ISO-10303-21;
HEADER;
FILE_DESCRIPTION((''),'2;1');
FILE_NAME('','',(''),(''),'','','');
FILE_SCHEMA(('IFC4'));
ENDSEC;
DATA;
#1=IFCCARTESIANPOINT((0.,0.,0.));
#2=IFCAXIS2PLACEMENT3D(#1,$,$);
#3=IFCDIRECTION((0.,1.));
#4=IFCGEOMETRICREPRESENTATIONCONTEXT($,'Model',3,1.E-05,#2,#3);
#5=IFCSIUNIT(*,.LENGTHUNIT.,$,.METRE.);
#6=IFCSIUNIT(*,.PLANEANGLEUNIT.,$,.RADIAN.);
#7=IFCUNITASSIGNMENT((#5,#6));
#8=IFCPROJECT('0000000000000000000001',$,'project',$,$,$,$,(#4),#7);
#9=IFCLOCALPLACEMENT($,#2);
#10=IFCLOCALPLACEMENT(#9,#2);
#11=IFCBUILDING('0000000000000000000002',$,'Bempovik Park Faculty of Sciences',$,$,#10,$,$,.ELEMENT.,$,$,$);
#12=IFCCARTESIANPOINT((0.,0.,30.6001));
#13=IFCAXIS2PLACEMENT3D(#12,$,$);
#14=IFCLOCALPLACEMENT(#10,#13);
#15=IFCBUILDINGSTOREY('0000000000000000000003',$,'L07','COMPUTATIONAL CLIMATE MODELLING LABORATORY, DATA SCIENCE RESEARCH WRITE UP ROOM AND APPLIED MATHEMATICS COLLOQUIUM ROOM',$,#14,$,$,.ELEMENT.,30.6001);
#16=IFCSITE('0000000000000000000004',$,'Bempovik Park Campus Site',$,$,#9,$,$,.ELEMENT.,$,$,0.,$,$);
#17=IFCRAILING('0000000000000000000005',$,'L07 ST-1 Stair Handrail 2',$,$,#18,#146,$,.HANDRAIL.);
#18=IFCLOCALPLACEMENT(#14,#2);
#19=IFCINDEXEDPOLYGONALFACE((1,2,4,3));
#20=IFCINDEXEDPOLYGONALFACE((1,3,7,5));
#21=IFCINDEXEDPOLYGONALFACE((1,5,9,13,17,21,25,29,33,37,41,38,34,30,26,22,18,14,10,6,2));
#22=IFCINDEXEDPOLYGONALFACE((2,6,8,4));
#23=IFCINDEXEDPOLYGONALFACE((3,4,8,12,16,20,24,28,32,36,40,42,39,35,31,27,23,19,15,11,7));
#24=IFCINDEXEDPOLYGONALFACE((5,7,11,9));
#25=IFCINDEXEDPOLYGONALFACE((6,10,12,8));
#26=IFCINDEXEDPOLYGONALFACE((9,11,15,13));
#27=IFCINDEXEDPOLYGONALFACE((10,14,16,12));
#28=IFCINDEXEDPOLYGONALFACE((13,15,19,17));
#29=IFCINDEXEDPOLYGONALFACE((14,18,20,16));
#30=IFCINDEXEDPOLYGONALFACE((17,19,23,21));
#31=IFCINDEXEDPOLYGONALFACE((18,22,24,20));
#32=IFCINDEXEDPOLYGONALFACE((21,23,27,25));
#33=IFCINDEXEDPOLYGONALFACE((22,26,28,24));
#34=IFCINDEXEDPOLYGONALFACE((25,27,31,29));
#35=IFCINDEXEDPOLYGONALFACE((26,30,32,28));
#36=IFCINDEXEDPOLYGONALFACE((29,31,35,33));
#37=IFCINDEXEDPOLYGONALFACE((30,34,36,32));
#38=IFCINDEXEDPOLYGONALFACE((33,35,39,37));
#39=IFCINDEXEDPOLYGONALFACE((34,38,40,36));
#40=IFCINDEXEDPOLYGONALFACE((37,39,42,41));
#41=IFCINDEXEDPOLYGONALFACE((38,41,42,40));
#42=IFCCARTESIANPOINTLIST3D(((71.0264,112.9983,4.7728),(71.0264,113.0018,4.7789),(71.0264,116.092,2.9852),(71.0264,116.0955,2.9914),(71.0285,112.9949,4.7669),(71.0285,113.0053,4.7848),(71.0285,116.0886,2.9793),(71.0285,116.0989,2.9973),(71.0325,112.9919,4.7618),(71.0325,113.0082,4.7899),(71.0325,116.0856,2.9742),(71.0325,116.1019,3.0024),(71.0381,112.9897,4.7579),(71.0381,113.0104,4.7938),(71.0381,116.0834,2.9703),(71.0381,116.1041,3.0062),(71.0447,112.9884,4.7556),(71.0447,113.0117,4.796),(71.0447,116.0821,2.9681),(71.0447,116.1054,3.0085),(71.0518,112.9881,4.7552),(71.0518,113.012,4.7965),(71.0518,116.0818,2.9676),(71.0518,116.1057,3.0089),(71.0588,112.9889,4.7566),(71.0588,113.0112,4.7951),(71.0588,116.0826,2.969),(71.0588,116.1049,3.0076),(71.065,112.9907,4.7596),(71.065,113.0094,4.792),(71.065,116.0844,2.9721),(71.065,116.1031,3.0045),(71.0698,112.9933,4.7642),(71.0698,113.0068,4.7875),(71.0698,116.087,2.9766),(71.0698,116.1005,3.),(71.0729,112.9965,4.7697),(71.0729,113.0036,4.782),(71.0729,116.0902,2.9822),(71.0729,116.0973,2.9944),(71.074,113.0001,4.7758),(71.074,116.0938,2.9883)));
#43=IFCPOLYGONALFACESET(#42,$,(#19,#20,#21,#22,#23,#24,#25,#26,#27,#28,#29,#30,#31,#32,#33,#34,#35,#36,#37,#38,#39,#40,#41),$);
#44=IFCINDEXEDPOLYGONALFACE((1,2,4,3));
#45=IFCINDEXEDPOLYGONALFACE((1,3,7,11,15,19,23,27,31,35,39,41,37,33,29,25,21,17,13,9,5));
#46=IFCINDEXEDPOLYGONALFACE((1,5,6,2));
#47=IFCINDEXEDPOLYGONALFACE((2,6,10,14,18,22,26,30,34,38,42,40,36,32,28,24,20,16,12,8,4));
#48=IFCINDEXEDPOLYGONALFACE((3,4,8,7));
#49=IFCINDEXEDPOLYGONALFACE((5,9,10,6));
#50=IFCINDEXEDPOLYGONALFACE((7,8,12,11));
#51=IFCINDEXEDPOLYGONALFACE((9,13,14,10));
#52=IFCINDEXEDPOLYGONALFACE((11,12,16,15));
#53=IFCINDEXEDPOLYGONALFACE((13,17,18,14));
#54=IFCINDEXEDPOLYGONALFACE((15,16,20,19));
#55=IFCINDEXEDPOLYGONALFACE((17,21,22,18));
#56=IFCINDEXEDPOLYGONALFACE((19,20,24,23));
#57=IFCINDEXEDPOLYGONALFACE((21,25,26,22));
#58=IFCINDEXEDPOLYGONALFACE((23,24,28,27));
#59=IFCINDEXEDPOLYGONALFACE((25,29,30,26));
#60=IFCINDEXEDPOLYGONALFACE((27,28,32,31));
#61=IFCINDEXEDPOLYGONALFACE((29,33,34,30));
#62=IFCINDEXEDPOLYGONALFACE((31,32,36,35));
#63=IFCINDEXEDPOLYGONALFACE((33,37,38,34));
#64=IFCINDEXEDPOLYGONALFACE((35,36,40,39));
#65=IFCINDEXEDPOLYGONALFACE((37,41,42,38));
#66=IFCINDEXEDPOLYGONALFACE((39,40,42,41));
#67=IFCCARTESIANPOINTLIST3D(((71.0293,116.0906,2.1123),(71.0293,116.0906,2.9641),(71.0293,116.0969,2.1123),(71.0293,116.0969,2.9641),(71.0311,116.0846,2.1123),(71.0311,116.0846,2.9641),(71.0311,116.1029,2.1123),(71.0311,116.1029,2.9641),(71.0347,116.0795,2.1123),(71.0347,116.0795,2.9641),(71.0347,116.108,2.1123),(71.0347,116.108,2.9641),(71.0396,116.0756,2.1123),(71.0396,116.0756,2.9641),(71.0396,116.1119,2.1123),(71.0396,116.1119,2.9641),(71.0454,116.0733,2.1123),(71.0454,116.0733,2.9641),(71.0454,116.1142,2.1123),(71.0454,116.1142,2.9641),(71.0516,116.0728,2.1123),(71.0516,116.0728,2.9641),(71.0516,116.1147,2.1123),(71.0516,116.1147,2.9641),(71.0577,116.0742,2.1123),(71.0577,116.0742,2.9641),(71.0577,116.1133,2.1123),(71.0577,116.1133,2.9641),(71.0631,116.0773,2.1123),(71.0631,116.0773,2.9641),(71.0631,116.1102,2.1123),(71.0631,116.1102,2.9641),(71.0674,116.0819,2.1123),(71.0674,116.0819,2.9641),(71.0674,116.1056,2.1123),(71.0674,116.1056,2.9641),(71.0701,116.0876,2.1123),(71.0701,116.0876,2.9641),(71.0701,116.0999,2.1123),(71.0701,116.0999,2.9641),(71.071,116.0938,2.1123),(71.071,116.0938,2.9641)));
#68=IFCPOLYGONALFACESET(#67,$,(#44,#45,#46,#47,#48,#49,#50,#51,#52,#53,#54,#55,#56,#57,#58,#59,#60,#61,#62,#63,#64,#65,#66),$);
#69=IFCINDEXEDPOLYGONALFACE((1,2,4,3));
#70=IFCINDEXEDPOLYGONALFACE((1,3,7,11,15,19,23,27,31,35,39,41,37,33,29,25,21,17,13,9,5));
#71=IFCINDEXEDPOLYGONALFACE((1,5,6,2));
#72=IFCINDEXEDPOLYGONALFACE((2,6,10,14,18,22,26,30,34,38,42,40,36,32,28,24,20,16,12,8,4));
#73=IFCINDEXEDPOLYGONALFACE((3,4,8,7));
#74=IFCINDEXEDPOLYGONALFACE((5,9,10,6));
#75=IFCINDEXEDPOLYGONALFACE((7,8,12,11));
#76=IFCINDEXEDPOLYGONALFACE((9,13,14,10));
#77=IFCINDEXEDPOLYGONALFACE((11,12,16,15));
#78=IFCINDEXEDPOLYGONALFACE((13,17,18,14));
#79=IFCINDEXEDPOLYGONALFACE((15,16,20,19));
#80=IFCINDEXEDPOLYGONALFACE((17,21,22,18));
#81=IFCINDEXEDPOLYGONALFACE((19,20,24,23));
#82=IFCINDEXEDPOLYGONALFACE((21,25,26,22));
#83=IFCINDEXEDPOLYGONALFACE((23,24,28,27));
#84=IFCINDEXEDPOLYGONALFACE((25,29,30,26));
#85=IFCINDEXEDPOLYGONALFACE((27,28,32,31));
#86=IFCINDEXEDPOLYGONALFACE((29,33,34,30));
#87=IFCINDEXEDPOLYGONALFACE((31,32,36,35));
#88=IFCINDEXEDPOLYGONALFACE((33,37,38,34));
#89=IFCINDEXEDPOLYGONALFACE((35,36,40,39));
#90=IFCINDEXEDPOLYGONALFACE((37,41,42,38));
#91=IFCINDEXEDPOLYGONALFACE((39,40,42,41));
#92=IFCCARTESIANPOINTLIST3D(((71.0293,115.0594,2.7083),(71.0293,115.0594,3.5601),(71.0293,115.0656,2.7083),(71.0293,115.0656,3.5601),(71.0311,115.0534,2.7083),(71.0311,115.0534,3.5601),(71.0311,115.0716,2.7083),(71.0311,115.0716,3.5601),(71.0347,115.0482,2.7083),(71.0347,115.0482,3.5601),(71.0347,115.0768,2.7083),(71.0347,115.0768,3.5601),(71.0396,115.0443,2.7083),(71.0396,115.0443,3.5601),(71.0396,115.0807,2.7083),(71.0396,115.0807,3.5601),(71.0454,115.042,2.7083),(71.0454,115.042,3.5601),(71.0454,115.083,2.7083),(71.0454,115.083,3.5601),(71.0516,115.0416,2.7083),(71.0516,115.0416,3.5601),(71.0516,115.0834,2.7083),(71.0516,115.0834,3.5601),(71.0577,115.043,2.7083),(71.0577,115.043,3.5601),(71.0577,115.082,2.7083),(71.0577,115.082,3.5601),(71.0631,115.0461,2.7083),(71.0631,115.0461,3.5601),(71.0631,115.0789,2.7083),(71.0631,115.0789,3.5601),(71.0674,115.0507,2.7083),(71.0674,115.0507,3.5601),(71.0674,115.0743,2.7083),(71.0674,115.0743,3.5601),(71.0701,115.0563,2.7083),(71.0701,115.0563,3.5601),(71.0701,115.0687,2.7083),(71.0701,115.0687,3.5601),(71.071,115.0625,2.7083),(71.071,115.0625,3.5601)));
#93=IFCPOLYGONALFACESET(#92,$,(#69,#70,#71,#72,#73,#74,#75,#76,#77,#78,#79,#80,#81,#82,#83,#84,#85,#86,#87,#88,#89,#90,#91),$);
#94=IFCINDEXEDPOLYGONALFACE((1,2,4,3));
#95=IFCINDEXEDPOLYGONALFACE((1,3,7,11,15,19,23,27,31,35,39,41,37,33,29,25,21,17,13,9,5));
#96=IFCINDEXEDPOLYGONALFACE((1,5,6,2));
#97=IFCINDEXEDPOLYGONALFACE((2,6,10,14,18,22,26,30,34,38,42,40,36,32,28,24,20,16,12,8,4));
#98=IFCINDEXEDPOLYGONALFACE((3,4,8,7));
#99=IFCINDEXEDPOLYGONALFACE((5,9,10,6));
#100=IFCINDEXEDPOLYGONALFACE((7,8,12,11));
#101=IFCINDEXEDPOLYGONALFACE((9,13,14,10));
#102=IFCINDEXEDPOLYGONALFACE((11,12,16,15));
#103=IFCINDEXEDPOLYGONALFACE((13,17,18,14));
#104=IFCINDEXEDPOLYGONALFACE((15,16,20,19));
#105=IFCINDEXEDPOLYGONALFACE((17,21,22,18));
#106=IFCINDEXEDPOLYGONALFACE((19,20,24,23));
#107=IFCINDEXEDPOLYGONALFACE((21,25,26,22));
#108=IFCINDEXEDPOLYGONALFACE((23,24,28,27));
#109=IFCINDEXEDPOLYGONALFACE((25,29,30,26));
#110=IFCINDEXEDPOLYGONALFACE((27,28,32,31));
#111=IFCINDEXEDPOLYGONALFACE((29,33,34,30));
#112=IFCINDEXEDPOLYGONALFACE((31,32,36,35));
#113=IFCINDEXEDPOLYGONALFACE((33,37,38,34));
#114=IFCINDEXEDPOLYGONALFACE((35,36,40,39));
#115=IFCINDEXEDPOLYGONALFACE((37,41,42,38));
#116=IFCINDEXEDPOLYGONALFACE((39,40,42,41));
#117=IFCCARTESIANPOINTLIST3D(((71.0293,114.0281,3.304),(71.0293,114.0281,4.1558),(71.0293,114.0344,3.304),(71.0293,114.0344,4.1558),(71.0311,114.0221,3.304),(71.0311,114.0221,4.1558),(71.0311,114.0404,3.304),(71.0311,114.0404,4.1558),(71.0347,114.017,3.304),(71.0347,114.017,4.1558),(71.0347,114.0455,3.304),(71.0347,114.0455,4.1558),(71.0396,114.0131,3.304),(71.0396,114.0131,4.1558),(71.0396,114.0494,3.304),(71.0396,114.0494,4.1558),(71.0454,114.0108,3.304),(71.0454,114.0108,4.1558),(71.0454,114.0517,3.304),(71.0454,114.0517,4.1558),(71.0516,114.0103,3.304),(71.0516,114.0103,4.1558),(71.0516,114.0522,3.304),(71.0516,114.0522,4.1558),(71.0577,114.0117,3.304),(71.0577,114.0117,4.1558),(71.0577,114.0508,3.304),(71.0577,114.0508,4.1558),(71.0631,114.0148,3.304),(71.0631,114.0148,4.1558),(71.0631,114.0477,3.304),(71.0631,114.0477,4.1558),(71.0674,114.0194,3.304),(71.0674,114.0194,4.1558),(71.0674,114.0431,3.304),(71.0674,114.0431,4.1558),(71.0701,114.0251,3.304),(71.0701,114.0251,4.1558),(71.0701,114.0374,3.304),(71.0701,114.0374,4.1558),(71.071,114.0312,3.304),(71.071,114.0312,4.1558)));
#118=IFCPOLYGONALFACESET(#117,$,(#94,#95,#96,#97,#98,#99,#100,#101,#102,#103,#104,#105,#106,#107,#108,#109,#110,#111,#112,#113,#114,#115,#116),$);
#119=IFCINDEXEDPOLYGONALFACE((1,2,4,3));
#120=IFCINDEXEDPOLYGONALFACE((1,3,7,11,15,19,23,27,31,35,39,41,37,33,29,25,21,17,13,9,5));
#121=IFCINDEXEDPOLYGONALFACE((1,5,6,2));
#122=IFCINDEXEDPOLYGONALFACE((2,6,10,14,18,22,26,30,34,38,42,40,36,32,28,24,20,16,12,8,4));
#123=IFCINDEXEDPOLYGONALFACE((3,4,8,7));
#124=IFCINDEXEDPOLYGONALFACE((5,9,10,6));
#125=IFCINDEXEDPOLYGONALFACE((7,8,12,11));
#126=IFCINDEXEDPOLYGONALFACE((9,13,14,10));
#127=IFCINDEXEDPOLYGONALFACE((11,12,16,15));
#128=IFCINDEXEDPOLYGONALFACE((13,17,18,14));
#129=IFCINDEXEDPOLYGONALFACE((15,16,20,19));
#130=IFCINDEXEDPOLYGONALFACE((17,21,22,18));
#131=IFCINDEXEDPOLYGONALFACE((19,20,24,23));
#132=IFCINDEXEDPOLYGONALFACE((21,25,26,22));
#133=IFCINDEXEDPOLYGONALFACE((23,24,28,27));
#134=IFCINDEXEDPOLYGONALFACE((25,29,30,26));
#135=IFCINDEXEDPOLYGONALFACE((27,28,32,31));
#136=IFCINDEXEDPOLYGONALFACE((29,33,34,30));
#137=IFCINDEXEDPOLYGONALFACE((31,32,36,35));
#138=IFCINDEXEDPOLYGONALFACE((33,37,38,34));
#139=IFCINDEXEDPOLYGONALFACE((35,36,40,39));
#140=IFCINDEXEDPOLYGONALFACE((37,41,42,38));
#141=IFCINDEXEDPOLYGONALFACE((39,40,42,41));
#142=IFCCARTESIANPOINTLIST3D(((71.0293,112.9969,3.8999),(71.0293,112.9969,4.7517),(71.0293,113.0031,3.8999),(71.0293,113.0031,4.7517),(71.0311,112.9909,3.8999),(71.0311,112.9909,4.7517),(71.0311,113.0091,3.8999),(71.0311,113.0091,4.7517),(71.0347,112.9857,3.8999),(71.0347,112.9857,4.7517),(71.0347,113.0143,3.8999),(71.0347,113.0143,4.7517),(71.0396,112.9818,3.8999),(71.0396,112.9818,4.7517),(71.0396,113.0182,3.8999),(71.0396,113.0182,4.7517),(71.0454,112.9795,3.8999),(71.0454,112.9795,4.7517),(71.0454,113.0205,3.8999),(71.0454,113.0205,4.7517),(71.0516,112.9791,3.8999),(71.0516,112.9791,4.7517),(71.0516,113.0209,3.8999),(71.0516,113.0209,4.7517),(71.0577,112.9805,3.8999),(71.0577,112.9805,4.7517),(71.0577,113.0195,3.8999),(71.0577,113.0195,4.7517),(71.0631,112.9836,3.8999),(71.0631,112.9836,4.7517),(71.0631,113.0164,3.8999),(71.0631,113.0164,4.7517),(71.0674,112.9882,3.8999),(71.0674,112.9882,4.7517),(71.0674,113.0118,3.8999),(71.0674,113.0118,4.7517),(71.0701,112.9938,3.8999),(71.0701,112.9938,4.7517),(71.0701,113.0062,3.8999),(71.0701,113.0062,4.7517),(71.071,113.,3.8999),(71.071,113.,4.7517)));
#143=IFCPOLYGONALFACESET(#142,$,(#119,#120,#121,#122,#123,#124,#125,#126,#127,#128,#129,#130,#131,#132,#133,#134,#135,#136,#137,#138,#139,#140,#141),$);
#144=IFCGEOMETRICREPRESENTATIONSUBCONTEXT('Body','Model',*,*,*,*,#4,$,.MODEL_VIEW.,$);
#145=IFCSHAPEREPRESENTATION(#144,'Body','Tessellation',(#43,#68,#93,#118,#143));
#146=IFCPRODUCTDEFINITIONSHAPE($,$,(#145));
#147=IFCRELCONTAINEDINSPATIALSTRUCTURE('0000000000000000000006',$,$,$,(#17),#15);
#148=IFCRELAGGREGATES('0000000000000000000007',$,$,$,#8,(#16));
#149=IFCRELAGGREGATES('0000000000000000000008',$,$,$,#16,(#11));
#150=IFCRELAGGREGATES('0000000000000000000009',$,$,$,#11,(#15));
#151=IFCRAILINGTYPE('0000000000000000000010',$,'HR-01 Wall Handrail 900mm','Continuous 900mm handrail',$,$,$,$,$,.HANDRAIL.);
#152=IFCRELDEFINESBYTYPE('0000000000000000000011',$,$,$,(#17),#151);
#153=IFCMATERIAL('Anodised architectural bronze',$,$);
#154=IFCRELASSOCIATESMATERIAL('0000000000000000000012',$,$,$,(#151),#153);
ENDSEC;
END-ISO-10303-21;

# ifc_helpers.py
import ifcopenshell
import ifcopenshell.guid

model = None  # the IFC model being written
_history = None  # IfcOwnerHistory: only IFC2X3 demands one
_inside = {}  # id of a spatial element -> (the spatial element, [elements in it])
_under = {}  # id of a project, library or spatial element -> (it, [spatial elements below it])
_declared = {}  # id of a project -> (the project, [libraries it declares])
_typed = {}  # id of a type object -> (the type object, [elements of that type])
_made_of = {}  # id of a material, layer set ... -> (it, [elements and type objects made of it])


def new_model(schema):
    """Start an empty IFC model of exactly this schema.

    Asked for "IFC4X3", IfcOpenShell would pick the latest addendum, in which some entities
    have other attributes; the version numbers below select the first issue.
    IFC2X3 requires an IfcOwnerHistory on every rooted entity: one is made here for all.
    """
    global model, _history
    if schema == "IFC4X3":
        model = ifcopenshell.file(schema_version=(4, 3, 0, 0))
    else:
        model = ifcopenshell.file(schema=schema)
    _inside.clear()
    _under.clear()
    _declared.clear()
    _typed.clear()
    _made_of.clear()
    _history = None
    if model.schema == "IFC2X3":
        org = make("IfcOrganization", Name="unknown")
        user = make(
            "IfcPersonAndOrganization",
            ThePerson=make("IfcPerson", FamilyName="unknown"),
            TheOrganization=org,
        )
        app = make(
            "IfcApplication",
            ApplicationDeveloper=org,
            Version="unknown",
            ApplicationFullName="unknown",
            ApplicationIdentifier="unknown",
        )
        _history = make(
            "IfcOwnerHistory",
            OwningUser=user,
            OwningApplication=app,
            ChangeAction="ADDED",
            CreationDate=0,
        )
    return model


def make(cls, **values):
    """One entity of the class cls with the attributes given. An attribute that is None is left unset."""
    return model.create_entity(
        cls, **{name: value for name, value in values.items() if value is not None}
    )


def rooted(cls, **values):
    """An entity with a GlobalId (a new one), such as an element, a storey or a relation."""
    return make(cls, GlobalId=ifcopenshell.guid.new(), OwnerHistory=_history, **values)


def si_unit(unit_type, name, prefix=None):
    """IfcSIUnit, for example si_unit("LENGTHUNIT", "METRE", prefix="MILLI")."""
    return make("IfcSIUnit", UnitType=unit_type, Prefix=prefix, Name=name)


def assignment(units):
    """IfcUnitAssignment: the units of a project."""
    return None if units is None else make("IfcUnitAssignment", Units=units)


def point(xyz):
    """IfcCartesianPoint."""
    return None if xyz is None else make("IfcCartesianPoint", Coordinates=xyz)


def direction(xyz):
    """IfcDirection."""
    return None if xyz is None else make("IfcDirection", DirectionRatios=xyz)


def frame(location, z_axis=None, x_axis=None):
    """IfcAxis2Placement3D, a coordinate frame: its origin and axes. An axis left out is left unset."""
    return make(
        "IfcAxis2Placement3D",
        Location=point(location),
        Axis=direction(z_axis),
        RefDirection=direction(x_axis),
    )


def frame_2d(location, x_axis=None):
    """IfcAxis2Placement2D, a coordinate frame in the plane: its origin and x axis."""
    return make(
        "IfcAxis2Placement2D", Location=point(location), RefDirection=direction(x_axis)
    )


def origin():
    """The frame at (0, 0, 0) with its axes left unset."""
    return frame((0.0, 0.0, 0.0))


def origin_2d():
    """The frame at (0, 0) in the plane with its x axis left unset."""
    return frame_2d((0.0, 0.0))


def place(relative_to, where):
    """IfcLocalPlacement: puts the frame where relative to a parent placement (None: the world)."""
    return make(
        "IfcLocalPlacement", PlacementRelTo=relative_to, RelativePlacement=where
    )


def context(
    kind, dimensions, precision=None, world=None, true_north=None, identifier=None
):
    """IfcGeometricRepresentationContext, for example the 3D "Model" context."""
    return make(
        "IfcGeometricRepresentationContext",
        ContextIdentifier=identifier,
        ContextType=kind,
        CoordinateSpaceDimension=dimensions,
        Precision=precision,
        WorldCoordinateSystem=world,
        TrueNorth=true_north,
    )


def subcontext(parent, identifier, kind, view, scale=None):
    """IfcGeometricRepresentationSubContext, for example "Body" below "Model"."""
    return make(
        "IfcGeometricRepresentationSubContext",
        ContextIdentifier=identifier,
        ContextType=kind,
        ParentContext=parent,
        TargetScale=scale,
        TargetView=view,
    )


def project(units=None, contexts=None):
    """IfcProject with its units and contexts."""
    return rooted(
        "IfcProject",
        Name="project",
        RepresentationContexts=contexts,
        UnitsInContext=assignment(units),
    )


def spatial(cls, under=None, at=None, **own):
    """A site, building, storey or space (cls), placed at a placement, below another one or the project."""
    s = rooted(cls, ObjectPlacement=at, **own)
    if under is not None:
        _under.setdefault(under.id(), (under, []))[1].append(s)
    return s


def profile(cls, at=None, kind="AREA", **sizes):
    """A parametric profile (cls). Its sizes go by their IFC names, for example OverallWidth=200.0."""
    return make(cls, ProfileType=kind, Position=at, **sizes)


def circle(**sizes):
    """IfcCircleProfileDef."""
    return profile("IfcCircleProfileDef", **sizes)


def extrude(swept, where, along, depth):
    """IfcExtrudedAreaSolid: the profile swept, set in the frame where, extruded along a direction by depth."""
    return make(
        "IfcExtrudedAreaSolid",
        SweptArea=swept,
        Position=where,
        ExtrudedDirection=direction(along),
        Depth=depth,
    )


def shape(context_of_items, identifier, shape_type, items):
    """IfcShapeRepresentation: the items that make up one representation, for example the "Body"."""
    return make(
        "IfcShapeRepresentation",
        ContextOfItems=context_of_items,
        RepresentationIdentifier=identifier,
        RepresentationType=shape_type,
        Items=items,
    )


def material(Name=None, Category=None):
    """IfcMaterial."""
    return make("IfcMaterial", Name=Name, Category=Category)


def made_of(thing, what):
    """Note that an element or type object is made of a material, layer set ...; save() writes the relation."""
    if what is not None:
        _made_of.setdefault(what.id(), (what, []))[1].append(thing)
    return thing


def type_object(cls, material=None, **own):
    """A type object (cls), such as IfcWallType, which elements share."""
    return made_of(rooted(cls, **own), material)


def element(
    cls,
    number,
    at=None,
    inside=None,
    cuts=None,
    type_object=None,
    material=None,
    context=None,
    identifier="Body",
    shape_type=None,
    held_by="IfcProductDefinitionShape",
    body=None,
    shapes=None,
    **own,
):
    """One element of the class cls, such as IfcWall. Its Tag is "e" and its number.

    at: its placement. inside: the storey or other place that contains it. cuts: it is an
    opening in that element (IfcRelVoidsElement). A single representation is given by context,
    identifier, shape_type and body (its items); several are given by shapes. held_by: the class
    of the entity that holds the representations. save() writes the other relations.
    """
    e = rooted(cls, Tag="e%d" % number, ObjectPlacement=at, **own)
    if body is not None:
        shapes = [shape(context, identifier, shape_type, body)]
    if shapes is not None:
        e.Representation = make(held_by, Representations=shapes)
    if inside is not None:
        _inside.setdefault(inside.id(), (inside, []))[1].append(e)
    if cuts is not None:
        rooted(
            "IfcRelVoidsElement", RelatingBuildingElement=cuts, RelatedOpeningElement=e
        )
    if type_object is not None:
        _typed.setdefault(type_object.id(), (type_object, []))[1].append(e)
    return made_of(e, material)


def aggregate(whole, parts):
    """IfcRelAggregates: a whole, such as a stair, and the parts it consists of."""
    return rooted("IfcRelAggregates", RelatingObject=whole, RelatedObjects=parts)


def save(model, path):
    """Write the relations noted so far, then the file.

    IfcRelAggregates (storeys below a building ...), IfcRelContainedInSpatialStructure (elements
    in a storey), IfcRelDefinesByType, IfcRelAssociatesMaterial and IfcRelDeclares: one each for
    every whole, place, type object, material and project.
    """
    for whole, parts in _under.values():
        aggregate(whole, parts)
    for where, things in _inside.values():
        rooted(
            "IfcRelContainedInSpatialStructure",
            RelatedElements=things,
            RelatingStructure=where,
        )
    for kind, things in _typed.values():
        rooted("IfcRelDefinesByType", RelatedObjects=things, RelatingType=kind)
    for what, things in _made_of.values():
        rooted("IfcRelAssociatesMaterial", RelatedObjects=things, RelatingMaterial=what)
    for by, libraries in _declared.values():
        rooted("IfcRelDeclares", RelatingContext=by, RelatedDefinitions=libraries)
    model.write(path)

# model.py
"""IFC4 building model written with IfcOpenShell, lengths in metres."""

from ifc_helpers import new_model, si_unit, direction, frame, origin, origin_2d, place, context, subcontext, project, spatial, circle, extrude, material, type_object, element, save


model = new_model("IFC4")

# Units and contexts
model_context = context("Model", 3, precision=1e-05, world=origin(), true_north=direction((0.0, 1.0)))
body_context = subcontext(model_context, "Body", "Model", "MODEL_VIEW")
ifc_project = project(units=[si_unit("LENGTHUNIT", "METRE"), si_unit("PLANEANGLEUNIT", "RADIAN")], contexts=[model_context])

# Site, building, storey
site_placement = place(None, origin())
site = spatial("IfcSite", under=ifc_project, at=site_placement, Name="Bempovik Park Campus Site", CompositionType="ELEMENT", RefElevation=0.0)
building_placement = place(site_placement, origin())
building = spatial("IfcBuilding", under=site, at=building_placement, Name="Bempovik Park Faculty of Sciences", CompositionType="ELEMENT")
storey_placement = place(building_placement, frame((0.0, 0.0, 30.6001)))
storey = spatial("IfcBuildingStorey", under=building, at=storey_placement, Name="L07", Description="COMPUTATIONAL CLIMATE MODELLING LABORATORY, DATA SCIENCE RESEARCH WRITE UP ROOM AND APPLIED MATHEMATICS COLLOQUIUM ROOM", CompositionType="ELEMENT", Elevation=30.6001)

# Railing
ifc_material_1 = material(Name="Anodised architectural bronze")
railing_type_1 = type_object("IfcRailingType", Name="HR-01 Wall Handrail 900mm", Description="Continuous 900mm handrail", PredefinedType="HANDRAIL", material=ifc_material_1)
railing_1_placement = place(storey_placement, frame((71.05, 116.0938, 2.1123)))
element("IfcRailing", 1, at=railing_1_placement, inside=storey, type_object=railing_type_1, Name="L07 ST-1 Stair Handrail 2", PredefinedType="HANDRAIL", context=body_context, shape_type="SweptSolid", body=[
    extrude(circle(Radius=0.0239, at=origin_2d()), frame((0.0, 0.0, 0.876), z_axis=(0.0, -0.865853, 0.500298), x_axis=(1.0, 0.0, 0.0)), (0.0, 0.0, 1.0), 3.573),
    extrude(circle(Radius=0.021, at=origin_2d()), origin(), (0.0, 0.0, 1.0), 0.8518),
    extrude(circle(Radius=0.021, at=origin_2d()), frame((0.0, -1.0312, 0.5959)), (0.0, 0.0, 1.0), 0.8518),
    extrude(circle(Radius=0.021, at=origin_2d()), frame((0.0, -2.0625, 1.1917)), (0.0, 0.0, 1.0), 0.8518),
    extrude(circle(Radius=0.021, at=origin_2d()), frame((0.0, -3.0938, 1.7876)), (0.0, 0.0, 1.0), 0.8518),
])

save(model, "model.ifc")
